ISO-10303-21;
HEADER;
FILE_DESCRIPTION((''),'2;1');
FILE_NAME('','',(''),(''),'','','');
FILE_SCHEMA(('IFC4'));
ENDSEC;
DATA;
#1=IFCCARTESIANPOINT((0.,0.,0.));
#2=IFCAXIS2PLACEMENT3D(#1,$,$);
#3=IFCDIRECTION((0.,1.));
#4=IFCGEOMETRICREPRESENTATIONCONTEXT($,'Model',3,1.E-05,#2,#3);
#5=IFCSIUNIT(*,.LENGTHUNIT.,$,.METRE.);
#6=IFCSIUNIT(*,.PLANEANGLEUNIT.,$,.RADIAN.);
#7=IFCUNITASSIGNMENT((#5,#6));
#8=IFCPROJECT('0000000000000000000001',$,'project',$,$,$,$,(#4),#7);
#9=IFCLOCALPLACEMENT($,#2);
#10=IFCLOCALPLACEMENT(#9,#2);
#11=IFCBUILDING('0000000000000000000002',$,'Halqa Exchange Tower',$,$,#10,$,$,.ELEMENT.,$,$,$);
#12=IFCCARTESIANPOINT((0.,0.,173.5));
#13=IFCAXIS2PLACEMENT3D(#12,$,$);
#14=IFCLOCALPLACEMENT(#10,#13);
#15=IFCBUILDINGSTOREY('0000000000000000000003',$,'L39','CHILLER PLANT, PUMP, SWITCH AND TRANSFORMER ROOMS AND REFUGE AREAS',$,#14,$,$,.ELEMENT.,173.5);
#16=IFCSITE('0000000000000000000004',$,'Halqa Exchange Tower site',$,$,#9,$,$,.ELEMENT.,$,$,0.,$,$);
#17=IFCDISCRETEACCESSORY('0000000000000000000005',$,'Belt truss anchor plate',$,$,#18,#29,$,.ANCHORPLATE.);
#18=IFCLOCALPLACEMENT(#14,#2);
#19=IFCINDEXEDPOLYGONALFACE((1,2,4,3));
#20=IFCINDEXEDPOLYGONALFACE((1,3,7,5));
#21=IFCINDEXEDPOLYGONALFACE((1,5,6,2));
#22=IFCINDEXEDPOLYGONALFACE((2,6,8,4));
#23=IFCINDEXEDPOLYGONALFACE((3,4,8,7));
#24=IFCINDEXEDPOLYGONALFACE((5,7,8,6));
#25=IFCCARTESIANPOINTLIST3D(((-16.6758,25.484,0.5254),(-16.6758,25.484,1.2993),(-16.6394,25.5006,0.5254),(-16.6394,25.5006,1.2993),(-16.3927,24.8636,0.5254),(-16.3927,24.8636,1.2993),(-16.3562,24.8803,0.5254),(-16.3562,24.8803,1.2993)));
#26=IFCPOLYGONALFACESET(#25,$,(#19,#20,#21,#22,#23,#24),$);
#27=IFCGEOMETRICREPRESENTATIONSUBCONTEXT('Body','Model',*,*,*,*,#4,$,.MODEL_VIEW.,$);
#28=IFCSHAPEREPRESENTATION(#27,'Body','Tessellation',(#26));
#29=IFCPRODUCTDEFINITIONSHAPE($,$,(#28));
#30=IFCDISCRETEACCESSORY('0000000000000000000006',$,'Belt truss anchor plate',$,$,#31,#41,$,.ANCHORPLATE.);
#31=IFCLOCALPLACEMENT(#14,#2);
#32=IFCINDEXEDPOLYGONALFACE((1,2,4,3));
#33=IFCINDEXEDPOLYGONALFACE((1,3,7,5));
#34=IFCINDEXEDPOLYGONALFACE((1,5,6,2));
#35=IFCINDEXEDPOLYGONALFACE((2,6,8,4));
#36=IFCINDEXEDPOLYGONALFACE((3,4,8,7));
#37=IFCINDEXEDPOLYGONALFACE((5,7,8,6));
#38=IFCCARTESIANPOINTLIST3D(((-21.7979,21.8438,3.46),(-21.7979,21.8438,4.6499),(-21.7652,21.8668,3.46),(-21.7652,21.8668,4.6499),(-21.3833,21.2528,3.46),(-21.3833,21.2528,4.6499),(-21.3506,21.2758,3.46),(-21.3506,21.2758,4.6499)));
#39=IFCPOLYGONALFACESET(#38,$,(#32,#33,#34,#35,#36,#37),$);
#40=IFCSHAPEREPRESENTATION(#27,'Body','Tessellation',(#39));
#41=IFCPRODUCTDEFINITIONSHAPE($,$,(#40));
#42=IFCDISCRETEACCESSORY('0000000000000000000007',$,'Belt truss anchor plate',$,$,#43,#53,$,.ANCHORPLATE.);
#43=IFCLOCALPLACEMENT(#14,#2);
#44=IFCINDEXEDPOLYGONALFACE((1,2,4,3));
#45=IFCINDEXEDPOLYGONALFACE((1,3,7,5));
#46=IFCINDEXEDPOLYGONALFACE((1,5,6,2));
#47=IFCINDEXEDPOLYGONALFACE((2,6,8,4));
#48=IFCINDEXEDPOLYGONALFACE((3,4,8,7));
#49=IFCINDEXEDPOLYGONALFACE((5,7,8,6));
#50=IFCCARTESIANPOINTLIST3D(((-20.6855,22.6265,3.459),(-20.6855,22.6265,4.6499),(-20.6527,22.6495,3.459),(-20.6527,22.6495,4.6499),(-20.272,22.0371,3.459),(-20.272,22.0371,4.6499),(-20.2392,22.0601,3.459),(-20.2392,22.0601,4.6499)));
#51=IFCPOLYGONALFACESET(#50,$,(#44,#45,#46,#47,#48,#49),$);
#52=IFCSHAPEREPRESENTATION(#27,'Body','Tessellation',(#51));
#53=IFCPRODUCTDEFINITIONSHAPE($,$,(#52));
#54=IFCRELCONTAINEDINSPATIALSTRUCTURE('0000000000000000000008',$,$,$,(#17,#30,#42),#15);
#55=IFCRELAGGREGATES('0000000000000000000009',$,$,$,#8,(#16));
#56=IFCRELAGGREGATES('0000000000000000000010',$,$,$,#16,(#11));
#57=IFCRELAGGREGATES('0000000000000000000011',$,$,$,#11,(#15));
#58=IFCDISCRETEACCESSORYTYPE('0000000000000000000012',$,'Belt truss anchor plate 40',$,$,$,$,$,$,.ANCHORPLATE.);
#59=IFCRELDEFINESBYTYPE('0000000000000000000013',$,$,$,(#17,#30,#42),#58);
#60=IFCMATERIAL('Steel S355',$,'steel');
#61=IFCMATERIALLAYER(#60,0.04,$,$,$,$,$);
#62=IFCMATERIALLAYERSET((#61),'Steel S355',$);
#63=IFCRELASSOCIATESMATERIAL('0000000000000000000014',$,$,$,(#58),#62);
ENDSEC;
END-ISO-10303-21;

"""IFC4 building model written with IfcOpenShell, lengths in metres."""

from ifc_helpers import new_model, si_unit, direction, frame, origin, origin_2d, place, context, subcontext, project, spatial, rectangle, extrude, material, layer, layer_set, type_object, element, save


model = new_model("IFC4")

# Units and contexts
model_context = context("Model", 3, precision=1e-05, world=origin(), true_north=direction((0.0, 1.0)))
body_context = subcontext(model_context, "Body", "Model", "MODEL_VIEW")
ifc_project = project(units=[si_unit("LENGTHUNIT", "METRE"), si_unit("PLANEANGLEUNIT", "RADIAN")], contexts=[model_context])

# Site, building, storey
site_placement = place(None, origin())
site = spatial("IfcSite", under=ifc_project, at=site_placement, Name="Halqa Exchange Tower site", CompositionType="ELEMENT", RefElevation=0.0)
building_placement = place(site_placement, origin())
building = spatial("IfcBuilding", under=site, at=building_placement, Name="Halqa Exchange Tower", CompositionType="ELEMENT")
storey_placement = place(building_placement, frame((0.0, 0.0, 173.5)))
storey = spatial("IfcBuildingStorey", under=building, at=storey_placement, Name="L39", Description="CHILLER PLANT, PUMP, SWITCH AND TRANSFORMER ROOMS AND REFUGE AREAS", CompositionType="ELEMENT", Elevation=173.5)

# Shared definitions
ifc_material_1 = material(Name="Steel S355", Category="steel")

# Discrete accessories
ifc_layer_1 = layer(ifc_material_1, 0.04)
ifc_layer_set_1 = layer_set([ifc_layer_1], Name="Steel S355")
discrete_accessory_type = type_object("IfcDiscreteAccessoryType", Name="Belt truss anchor plate 40", PredefinedType="ANCHORPLATE", material=ifc_layer_set_1)
discrete_accessory_1_placement = place(storey_placement, frame((-16.4978, 25.1904, 0.9124), z_axis=(-0.909738, -0.415183, 0.0), x_axis=(0.415183, -0.909738, 0.0)))
element("IfcDiscreteAccessory", 1, at=discrete_accessory_1_placement, inside=storey, type_object=discrete_accessory_type, Name="Belt truss anchor plate", PredefinedType="ANCHORPLATE", context=body_context, shape_type="SweptSolid", body=[
    extrude(rectangle(XDim=0.6819, YDim=0.7739, at=origin_2d()), origin(), (0.0, 0.0, 1.0), 0.04),
])
discrete_accessory_2_placement = place(storey_placement, frame((-21.5579, 21.5713, 4.0549), z_axis=(-0.818657, -0.574282, 0.0), x_axis=(0.574282, -0.818657, 0.0)))
element("IfcDiscreteAccessory", 2, at=discrete_accessory_2_placement, inside=storey, type_object=discrete_accessory_type, Name="Belt truss anchor plate", PredefinedType="ANCHORPLATE", context=body_context, shape_type="SweptSolid", body=[
    extrude(rectangle(XDim=0.7219, YDim=1.1899, at=origin_2d()), origin(), (0.0, 0.0, 1.0), 0.04),
])
discrete_accessory_3_placement = place(storey_placement, frame((-20.4788, 22.3318, 4.0544), z_axis=(0.818657, 0.574282, 0.0), x_axis=(-0.574282, 0.818657, 0.0)))
element("IfcDiscreteAccessory", 3, at=discrete_accessory_3_placement, inside=storey, type_object=discrete_accessory_type, Name="Belt truss anchor plate", PredefinedType="ANCHORPLATE", context=body_context, shape_type="SweptSolid", body=[
    extrude(rectangle(XDim=0.72, YDim=1.1909, at=origin_2d()), origin(), (0.0, 0.0, 1.0), 0.04),
])

save(model, "model.ifc")
